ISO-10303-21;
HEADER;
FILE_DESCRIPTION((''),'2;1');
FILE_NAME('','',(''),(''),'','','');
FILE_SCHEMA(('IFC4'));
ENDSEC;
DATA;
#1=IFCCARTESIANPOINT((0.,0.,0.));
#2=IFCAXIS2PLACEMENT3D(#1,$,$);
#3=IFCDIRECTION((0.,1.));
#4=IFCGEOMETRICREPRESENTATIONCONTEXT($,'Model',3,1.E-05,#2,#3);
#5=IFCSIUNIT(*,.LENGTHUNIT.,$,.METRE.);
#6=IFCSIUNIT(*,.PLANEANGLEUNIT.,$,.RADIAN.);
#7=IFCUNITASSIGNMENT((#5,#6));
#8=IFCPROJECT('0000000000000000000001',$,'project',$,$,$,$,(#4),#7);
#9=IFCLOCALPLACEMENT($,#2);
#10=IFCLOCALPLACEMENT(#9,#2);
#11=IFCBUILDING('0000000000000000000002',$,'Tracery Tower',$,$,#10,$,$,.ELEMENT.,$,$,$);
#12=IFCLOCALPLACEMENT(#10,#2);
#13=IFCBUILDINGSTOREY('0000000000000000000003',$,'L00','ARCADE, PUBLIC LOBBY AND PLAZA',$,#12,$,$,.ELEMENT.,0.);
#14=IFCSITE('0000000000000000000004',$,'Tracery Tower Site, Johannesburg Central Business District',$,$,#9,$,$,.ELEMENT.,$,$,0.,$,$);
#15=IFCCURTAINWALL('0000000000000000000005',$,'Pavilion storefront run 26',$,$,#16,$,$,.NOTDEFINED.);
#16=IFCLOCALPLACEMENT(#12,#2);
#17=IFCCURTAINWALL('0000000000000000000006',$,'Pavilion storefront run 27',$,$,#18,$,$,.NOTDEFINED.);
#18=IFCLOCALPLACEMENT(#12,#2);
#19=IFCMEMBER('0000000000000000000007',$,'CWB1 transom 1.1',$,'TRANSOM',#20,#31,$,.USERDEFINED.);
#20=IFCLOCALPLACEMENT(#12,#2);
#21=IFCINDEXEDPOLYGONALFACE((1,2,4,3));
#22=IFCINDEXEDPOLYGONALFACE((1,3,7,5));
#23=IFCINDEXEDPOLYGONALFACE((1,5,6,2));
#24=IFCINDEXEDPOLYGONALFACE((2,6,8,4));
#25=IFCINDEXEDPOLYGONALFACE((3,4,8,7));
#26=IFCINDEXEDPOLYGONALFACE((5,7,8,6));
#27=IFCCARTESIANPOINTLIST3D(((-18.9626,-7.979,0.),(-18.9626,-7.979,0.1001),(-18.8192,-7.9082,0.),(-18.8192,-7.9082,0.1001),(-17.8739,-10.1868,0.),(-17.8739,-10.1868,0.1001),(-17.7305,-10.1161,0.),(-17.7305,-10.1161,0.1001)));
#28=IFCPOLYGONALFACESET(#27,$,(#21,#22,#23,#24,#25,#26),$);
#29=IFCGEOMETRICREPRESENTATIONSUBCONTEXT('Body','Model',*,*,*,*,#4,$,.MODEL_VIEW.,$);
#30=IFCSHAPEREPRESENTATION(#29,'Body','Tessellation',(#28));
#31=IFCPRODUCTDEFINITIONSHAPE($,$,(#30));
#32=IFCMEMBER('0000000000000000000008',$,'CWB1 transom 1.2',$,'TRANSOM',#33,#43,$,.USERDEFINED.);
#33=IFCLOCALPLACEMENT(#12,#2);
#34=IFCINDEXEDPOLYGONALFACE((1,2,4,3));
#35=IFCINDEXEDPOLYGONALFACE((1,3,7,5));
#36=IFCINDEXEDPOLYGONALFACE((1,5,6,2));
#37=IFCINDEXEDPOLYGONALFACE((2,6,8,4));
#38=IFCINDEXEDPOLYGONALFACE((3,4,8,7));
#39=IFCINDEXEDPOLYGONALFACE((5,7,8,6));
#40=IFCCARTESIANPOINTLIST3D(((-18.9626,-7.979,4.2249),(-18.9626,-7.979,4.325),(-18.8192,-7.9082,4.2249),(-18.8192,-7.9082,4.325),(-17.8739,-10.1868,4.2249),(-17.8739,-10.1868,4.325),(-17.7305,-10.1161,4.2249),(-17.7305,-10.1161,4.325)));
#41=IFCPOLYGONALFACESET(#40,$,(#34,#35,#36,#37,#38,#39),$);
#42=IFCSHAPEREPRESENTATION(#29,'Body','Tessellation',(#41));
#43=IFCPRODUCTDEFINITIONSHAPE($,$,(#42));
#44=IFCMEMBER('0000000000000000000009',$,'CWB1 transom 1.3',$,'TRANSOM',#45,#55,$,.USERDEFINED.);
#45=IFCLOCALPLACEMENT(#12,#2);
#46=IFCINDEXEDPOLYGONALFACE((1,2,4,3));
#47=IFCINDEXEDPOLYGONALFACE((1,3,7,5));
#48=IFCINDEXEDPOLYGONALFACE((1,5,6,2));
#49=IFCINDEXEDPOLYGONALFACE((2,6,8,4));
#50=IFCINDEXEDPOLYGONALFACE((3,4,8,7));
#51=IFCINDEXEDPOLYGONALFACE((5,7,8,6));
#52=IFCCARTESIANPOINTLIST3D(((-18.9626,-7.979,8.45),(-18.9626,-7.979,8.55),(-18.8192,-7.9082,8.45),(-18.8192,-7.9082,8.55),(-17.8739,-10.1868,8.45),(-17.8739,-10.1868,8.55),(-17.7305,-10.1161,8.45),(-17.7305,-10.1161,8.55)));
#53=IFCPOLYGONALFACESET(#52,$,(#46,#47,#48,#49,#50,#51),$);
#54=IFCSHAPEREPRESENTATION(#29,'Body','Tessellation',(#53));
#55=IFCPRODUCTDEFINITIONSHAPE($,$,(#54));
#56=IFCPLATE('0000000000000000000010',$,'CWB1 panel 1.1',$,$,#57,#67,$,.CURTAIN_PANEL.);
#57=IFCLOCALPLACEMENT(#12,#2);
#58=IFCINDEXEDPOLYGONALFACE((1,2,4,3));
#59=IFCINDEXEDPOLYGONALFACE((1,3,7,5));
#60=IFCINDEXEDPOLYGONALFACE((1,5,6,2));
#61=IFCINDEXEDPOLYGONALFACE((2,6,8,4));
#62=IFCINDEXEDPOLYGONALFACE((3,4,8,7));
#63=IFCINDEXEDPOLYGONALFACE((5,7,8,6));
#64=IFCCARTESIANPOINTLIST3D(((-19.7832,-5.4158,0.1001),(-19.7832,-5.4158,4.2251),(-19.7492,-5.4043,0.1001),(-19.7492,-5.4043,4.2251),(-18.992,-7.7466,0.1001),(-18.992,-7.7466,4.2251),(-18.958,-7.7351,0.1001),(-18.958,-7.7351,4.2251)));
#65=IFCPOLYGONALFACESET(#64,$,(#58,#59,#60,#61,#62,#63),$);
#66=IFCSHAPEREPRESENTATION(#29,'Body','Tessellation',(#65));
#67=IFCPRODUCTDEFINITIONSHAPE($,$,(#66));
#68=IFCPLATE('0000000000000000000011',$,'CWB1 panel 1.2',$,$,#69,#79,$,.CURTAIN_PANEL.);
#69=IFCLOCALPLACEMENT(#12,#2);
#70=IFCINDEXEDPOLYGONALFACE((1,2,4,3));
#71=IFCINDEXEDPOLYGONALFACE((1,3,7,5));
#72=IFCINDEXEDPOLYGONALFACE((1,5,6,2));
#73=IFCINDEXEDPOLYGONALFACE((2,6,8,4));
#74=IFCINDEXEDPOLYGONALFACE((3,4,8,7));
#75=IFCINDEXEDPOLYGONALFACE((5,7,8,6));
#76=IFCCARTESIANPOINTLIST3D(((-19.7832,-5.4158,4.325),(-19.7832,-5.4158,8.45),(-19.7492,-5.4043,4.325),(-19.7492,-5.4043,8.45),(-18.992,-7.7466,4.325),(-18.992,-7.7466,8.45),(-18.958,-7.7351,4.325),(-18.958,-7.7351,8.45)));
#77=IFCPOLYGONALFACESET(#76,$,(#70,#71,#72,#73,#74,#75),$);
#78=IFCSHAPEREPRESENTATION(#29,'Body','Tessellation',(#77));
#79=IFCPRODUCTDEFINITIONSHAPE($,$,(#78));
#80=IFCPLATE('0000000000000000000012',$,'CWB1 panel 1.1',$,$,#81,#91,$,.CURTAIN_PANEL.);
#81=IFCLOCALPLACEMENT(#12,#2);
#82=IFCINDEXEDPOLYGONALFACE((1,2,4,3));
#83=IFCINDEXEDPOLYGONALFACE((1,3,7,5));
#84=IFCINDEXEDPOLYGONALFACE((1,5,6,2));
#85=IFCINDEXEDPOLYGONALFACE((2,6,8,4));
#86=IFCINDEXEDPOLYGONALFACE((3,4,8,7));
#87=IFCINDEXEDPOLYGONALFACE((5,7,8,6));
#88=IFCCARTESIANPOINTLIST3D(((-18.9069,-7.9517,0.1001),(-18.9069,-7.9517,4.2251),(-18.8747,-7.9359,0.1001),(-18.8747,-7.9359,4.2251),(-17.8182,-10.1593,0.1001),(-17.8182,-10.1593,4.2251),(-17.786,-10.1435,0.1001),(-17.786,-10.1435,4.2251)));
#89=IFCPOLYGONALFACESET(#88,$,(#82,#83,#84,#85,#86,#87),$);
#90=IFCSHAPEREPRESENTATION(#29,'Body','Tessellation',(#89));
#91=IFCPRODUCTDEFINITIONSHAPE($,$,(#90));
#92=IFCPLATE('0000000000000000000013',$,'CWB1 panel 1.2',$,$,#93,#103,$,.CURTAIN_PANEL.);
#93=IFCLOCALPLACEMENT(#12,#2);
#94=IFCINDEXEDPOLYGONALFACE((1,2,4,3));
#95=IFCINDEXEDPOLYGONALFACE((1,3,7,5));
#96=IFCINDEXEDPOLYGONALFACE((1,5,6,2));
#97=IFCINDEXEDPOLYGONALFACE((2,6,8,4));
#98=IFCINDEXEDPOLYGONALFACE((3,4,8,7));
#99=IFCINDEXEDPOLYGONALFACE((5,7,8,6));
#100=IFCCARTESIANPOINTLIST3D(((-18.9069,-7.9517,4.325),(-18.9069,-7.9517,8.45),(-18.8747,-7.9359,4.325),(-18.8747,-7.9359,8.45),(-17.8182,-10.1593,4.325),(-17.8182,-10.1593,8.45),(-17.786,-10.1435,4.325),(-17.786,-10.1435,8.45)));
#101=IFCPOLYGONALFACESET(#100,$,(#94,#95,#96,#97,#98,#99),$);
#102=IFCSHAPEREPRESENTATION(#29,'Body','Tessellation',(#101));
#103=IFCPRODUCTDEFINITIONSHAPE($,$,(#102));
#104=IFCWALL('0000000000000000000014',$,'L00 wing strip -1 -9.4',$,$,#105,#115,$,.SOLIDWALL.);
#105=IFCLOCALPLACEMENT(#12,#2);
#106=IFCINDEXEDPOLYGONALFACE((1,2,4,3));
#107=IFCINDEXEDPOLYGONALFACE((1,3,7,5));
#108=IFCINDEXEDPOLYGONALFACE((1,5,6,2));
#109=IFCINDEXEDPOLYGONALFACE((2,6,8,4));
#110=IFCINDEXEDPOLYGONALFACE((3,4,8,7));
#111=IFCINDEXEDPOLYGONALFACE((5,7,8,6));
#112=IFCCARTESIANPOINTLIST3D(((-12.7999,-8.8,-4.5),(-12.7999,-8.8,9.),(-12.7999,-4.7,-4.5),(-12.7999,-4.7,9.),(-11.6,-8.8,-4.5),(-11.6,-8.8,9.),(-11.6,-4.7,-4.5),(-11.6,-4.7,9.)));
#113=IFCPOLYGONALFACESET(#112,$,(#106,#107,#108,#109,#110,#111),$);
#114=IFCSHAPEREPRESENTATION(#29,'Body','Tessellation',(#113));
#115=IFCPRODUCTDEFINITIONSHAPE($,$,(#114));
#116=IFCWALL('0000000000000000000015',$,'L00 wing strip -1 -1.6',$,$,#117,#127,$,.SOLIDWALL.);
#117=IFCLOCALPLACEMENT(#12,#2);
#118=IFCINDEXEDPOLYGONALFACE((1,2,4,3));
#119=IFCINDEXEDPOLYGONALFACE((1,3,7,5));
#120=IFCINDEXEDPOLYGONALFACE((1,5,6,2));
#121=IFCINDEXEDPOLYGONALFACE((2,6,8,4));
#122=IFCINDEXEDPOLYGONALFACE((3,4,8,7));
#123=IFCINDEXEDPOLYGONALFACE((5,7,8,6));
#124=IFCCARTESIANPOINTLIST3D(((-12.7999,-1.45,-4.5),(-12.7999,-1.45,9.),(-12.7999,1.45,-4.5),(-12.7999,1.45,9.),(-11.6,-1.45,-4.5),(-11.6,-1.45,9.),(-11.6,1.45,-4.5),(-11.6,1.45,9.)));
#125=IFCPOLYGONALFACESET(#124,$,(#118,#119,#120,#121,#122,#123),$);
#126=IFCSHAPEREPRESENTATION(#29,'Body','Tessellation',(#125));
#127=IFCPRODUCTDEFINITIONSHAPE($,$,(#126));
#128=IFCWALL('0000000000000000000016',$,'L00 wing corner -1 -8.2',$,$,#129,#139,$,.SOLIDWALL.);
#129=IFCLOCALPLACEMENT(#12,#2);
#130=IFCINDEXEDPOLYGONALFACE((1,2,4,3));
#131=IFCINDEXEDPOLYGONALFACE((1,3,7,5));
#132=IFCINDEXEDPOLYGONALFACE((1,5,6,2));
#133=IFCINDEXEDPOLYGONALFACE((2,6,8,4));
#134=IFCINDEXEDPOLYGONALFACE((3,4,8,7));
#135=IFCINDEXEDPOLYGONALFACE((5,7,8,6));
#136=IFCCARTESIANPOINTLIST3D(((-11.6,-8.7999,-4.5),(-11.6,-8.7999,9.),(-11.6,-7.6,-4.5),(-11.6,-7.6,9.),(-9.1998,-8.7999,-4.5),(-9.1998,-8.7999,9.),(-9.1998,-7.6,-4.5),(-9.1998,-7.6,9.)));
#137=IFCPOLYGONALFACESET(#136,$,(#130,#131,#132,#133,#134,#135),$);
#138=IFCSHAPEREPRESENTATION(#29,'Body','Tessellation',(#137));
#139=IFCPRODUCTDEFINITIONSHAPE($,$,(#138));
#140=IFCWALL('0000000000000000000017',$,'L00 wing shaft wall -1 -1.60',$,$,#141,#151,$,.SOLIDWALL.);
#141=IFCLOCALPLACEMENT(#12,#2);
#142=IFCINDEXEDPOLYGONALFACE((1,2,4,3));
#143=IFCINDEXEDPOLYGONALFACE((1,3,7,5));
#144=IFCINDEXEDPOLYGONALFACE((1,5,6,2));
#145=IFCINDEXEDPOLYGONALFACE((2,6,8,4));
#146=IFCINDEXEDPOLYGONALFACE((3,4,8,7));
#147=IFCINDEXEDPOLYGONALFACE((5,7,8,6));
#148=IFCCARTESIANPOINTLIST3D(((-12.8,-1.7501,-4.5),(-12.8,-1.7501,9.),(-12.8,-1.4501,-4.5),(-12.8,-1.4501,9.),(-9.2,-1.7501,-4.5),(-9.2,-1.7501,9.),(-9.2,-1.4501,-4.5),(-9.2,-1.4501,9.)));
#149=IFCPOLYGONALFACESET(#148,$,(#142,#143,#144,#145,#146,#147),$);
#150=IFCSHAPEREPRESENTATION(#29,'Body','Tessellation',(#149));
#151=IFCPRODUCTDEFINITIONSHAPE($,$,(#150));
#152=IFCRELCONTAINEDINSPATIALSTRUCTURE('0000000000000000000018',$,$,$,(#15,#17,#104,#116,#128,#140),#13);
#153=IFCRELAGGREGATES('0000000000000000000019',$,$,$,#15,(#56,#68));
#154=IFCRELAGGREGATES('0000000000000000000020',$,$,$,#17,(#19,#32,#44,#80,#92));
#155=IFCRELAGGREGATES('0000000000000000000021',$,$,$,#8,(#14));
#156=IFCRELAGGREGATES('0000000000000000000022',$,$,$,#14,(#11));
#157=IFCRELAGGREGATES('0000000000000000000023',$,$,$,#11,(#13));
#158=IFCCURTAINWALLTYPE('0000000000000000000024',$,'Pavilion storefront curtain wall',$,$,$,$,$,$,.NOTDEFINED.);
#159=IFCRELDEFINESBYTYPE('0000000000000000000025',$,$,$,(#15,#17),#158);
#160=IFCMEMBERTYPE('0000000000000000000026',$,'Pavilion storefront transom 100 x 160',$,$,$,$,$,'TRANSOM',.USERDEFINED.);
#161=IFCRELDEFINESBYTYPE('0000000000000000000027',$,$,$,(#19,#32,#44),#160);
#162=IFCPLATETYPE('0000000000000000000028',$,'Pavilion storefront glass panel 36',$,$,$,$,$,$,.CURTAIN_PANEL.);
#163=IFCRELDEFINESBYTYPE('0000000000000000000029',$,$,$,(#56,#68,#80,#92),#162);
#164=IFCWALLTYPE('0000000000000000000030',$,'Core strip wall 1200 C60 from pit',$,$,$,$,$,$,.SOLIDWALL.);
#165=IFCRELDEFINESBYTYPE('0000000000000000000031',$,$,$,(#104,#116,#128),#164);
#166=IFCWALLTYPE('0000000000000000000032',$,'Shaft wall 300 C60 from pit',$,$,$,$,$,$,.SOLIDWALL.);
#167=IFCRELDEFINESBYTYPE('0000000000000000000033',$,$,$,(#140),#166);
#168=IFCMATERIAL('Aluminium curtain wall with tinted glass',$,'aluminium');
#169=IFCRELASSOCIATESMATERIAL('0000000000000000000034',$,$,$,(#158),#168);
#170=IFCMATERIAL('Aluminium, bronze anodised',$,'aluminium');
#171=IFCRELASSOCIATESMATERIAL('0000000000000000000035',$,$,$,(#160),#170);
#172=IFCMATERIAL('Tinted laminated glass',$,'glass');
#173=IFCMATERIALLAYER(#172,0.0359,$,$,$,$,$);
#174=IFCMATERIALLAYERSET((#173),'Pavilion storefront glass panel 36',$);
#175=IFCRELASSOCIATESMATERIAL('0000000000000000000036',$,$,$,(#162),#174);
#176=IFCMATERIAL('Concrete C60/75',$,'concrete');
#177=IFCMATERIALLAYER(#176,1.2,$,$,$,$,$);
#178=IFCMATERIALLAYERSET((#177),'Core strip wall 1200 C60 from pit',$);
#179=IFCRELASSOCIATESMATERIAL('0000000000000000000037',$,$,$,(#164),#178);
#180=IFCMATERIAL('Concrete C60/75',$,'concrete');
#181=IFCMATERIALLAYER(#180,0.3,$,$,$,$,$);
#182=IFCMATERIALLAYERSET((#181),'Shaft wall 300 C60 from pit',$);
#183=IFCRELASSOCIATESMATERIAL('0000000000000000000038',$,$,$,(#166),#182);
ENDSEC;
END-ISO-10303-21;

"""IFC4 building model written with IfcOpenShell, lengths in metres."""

from ifc_helpers import new_model, si_unit, direction, frame, frame_2d, origin, origin_2d, place, context, subcontext, project, spatial, rectangle, extrude, material, layer, layer_set, material_profile, profile_set, type_object, element, aggregate, save


model = new_model("IFC4")

# Units and contexts
model_context = context("Model", 3, precision=1e-05, world=origin(), true_north=direction((0.0, 1.0)))
body_context = subcontext(model_context, "Body", "Model", "MODEL_VIEW")
ifc_project = project(units=[si_unit("LENGTHUNIT", "METRE"), si_unit("PLANEANGLEUNIT", "RADIAN")], contexts=[model_context])

# Site, building, storey
site_placement = place(None, origin())
site = spatial("IfcSite", under=ifc_project, at=site_placement, Name="Tracery Tower Site, Johannesburg Central Business District", CompositionType="ELEMENT", RefElevation=0.0)
building_placement = place(site_placement, origin())
building = spatial("IfcBuilding", under=site, at=building_placement, Name="Tracery Tower", CompositionType="ELEMENT")
storey_placement = place(building_placement, origin())
storey = spatial("IfcBuildingStorey", under=building, at=storey_placement, Name="L00", Description="ARCADE, PUBLIC LOBBY AND PLAZA", CompositionType="ELEMENT", Elevation=0.0)

# Curtain wall
ifc_material_1 = material(Name="Aluminium curtain wall with tinted glass", Category="aluminium")
curtain_wall_type = type_object("IfcCurtainWallType", Name="Pavilion storefront curtain wall", PredefinedType="NOTDEFINED", material=ifc_material_1)
curtain_wall_1_placement = place(storey_placement, origin())
curtain_wall_1 = element("IfcCurtainWall", 1, at=curtain_wall_1_placement, inside=storey, type_object=curtain_wall_type, Name="Pavilion storefront run 26", PredefinedType="NOTDEFINED")

# Curtain wall
curtain_wall_2_placement = place(storey_placement, origin())
curtain_wall_2 = element("IfcCurtainWall", 2, at=curtain_wall_2_placement, inside=storey, type_object=curtain_wall_type, Name="Pavilion storefront run 27", PredefinedType="NOTDEFINED")

# Members
ifc_material_2 = material(Name="Aluminium, bronze anodised", Category="aluminium")
ifc_material_profile_1 = material_profile(ifc_material_2, rectangle(XDim=0.1599, YDim=0.1001, at=origin_2d()), Name="Pavilion storefront transom 100 x 160")
ifc_profile_set_1 = profile_set([ifc_material_profile_1], Name="Aluminium, bronze anodised")
member_type_1 = type_object("IfcMemberType", Name="Pavilion storefront transom 100 x 160", ElementType="TRANSOM", PredefinedType="USERDEFINED", material=ifc_profile_set_1)
member_1_placement = place(storey_placement, frame((-18.8909, -7.9436, 0.05), z_axis=(0.442248, -0.896893, 0.0), x_axis=(0.896893, 0.442248, 0.0)))
member_1 = element("IfcMember", 3, at=member_1_placement, type_object=member_type_1, Name="CWB1 transom 1.1", ObjectType="TRANSOM", PredefinedType="USERDEFINED", context=body_context, shape_type="SweptSolid", body=[
    extrude(rectangle(XDim=0.1599, YDim=0.1001, at=origin_2d()), origin(), (0.0, 0.0, 1.0), 2.4617),
])
member_2_placement = place(storey_placement, frame((-18.8909, -7.9436, 4.2749), z_axis=(0.442248, -0.896893, 0.0), x_axis=(0.896893, 0.442248, 0.0)))
member_2 = element("IfcMember", 4, at=member_2_placement, type_object=member_type_1, Name="CWB1 transom 1.2", ObjectType="TRANSOM", PredefinedType="USERDEFINED", context=body_context, shape_type="SweptSolid", body=[
    extrude(rectangle(XDim=0.1599, YDim=0.1001, at=origin_2d()), origin(), (0.0, 0.0, 1.0), 2.4617),
])
member_3_placement = place(storey_placement, frame((-18.8909, -7.9436, 8.5), z_axis=(0.442248, -0.896893, 0.0), x_axis=(0.896893, 0.442248, 0.0)))
member_3 = element("IfcMember", 5, at=member_3_placement, type_object=member_type_1, Name="CWB1 transom 1.3", ObjectType="TRANSOM", PredefinedType="USERDEFINED", context=body_context, shape_type="SweptSolid", body=[
    extrude(rectangle(XDim=0.1599, YDim=0.1001, at=origin_2d()), origin(), (0.0, 0.0, 1.0), 2.4617),
])

# Plates
ifc_material_3 = material(Name="Tinted laminated glass", Category="glass")
ifc_layer_1 = layer(ifc_material_3, 0.0359)
ifc_layer_set_1 = layer_set([ifc_layer_1], Name="Pavilion storefront glass panel 36")
plate_type = type_object("IfcPlateType", Name="Pavilion storefront glass panel 36", PredefinedType="CURTAIN_PANEL", material=ifc_layer_set_1)
plate_1_placement = place(storey_placement, frame((-19.3706, -6.5754, 0.1001), z_axis=(0.0, 0.0, 1.0), x_axis=(0.321435, -0.946931, 0.0)))
plate_1 = element("IfcPlate", 6, at=plate_1_placement, type_object=plate_type, Name="CWB1 panel 1.1", PredefinedType="CURTAIN_PANEL", context=body_context, shape_type="SweptSolid", body=[
    extrude(rectangle(XDim=2.4614, YDim=0.0359, at=origin_2d()), origin(), (0.0, 0.0, 1.0), 4.125),
])
plate_2_placement = place(storey_placement, frame((-19.3706, -6.5754, 4.325), z_axis=(0.0, 0.0, 1.0), x_axis=(0.321435, -0.946931, 0.0)))
plate_2 = element("IfcPlate", 7, at=plate_2_placement, type_object=plate_type, Name="CWB1 panel 1.2", PredefinedType="CURTAIN_PANEL", context=body_context, shape_type="SweptSolid", body=[
    extrude(rectangle(XDim=2.4614, YDim=0.0359, at=origin_2d()), origin(), (0.0, 0.0, 1.0), 4.125),
])
aggregate(curtain_wall_1, [plate_1, plate_2])
plate_3_placement = place(storey_placement, frame((-18.3464, -9.0476, 0.1001), z_axis=(0.0, 0.0, 1.0), x_axis=(0.442287, -0.896874, 0.0)))
plate_3 = element("IfcPlate", 8, at=plate_3_placement, type_object=plate_type, Name="CWB1 panel 1.1", PredefinedType="CURTAIN_PANEL", context=body_context, shape_type="SweptSolid", body=[
    extrude(rectangle(XDim=2.4614, YDim=0.0359, at=origin_2d()), origin(), (0.0, 0.0, 1.0), 4.125),
])
plate_4_placement = place(storey_placement, frame((-18.3464, -9.0476, 4.325), z_axis=(0.0, 0.0, 1.0), x_axis=(0.442287, -0.896874, 0.0)))
plate_4 = element("IfcPlate", 9, at=plate_4_placement, type_object=plate_type, Name="CWB1 panel 1.2", PredefinedType="CURTAIN_PANEL", context=body_context, shape_type="SweptSolid", body=[
    extrude(rectangle(XDim=2.4614, YDim=0.0359, at=origin_2d()), origin(), (0.0, 0.0, 1.0), 4.125),
])
aggregate(curtain_wall_2, [member_1, member_2, member_3, plate_3, plate_4])

# Walls
ifc_material_4 = material(Name="Concrete C60/75", Category="concrete")
ifc_layer_2 = layer(ifc_material_4, 1.2)
ifc_layer_set_2 = layer_set([ifc_layer_2], Name="Core strip wall 1200 C60 from pit")
wall_type_1 = type_object("IfcWallType", Name="Core strip wall 1200 C60 from pit", PredefinedType="SOLIDWALL", material=ifc_layer_set_2)
wall_1_placement = place(storey_placement, frame((-12.2, -8.8, -4.5), z_axis=(0.0, 0.0, 1.0), x_axis=(0.0, 1.0, 0.0)))
element("IfcWall", 10, at=wall_1_placement, inside=storey, type_object=wall_type_1, Name="L00 wing strip -1 -9.4", PredefinedType="SOLIDWALL", context=body_context, shape_type="SweptSolid", body=[
    extrude(rectangle(XDim=4.1001, YDim=1.2, at=frame_2d((2.05, 0.0))), origin(), (0.0, 0.0, 1.0), 13.5),
])
wall_2_placement = place(storey_placement, frame((-12.2, -1.45, -4.5), z_axis=(0.0, 0.0, 1.0), x_axis=(0.0, 1.0, 0.0)))
element("IfcWall", 11, at=wall_2_placement, inside=storey, type_object=wall_type_1, Name="L00 wing strip -1 -1.6", PredefinedType="SOLIDWALL", context=body_context, shape_type="SweptSolid", body=[
    extrude(rectangle(XDim=2.8999, YDim=1.2, at=frame_2d((1.45, 0.0))), origin(), (0.0, 0.0, 1.0), 13.5),
])
wall_3_placement = place(storey_placement, frame((-11.6001, -8.2, -4.5), z_axis=(0.0, 0.0, 1.0), x_axis=(1.0, 0.0, 0.0)))
element("IfcWall", 12, at=wall_3_placement, inside=storey, type_object=wall_type_1, Name="L00 wing corner -1 -8.2", PredefinedType="SOLIDWALL", context=body_context, shape_type="SweptSolid", body=[
    extrude(rectangle(XDim=2.4001, YDim=1.2, at=frame_2d((1.2002, 0.0))), origin(), (0.0, 0.0, 1.0), 13.5),
])

# Shared definitions
ifc_material_5 = material(Name="Concrete C60/75", Category="concrete")
ifc_layer_3 = layer(ifc_material_5, 0.3)
ifc_layer_set_3 = layer_set([ifc_layer_3], Name="Shaft wall 300 C60 from pit")
wall_type_2 = type_object("IfcWallType", Name="Shaft wall 300 C60 from pit", PredefinedType="SOLIDWALL", material=ifc_layer_set_3)

# Wall
wall_4_placement = place(storey_placement, frame((-12.8, -1.6001, -4.5), z_axis=(0.0, 0.0, 1.0), x_axis=(1.0, 0.0, 0.0)))
element("IfcWall", 13, at=wall_4_placement, inside=storey, type_object=wall_type_2, Name="L00 wing shaft wall -1 -1.60", PredefinedType="SOLIDWALL", context=body_context, shape_type="SweptSolid", body=[
    extrude(rectangle(XDim=3.6001, YDim=0.3, at=frame_2d((1.8, 0.0))), origin(), (0.0, 0.0, 1.0), 13.5),
])

save(model, "model.ifc")
